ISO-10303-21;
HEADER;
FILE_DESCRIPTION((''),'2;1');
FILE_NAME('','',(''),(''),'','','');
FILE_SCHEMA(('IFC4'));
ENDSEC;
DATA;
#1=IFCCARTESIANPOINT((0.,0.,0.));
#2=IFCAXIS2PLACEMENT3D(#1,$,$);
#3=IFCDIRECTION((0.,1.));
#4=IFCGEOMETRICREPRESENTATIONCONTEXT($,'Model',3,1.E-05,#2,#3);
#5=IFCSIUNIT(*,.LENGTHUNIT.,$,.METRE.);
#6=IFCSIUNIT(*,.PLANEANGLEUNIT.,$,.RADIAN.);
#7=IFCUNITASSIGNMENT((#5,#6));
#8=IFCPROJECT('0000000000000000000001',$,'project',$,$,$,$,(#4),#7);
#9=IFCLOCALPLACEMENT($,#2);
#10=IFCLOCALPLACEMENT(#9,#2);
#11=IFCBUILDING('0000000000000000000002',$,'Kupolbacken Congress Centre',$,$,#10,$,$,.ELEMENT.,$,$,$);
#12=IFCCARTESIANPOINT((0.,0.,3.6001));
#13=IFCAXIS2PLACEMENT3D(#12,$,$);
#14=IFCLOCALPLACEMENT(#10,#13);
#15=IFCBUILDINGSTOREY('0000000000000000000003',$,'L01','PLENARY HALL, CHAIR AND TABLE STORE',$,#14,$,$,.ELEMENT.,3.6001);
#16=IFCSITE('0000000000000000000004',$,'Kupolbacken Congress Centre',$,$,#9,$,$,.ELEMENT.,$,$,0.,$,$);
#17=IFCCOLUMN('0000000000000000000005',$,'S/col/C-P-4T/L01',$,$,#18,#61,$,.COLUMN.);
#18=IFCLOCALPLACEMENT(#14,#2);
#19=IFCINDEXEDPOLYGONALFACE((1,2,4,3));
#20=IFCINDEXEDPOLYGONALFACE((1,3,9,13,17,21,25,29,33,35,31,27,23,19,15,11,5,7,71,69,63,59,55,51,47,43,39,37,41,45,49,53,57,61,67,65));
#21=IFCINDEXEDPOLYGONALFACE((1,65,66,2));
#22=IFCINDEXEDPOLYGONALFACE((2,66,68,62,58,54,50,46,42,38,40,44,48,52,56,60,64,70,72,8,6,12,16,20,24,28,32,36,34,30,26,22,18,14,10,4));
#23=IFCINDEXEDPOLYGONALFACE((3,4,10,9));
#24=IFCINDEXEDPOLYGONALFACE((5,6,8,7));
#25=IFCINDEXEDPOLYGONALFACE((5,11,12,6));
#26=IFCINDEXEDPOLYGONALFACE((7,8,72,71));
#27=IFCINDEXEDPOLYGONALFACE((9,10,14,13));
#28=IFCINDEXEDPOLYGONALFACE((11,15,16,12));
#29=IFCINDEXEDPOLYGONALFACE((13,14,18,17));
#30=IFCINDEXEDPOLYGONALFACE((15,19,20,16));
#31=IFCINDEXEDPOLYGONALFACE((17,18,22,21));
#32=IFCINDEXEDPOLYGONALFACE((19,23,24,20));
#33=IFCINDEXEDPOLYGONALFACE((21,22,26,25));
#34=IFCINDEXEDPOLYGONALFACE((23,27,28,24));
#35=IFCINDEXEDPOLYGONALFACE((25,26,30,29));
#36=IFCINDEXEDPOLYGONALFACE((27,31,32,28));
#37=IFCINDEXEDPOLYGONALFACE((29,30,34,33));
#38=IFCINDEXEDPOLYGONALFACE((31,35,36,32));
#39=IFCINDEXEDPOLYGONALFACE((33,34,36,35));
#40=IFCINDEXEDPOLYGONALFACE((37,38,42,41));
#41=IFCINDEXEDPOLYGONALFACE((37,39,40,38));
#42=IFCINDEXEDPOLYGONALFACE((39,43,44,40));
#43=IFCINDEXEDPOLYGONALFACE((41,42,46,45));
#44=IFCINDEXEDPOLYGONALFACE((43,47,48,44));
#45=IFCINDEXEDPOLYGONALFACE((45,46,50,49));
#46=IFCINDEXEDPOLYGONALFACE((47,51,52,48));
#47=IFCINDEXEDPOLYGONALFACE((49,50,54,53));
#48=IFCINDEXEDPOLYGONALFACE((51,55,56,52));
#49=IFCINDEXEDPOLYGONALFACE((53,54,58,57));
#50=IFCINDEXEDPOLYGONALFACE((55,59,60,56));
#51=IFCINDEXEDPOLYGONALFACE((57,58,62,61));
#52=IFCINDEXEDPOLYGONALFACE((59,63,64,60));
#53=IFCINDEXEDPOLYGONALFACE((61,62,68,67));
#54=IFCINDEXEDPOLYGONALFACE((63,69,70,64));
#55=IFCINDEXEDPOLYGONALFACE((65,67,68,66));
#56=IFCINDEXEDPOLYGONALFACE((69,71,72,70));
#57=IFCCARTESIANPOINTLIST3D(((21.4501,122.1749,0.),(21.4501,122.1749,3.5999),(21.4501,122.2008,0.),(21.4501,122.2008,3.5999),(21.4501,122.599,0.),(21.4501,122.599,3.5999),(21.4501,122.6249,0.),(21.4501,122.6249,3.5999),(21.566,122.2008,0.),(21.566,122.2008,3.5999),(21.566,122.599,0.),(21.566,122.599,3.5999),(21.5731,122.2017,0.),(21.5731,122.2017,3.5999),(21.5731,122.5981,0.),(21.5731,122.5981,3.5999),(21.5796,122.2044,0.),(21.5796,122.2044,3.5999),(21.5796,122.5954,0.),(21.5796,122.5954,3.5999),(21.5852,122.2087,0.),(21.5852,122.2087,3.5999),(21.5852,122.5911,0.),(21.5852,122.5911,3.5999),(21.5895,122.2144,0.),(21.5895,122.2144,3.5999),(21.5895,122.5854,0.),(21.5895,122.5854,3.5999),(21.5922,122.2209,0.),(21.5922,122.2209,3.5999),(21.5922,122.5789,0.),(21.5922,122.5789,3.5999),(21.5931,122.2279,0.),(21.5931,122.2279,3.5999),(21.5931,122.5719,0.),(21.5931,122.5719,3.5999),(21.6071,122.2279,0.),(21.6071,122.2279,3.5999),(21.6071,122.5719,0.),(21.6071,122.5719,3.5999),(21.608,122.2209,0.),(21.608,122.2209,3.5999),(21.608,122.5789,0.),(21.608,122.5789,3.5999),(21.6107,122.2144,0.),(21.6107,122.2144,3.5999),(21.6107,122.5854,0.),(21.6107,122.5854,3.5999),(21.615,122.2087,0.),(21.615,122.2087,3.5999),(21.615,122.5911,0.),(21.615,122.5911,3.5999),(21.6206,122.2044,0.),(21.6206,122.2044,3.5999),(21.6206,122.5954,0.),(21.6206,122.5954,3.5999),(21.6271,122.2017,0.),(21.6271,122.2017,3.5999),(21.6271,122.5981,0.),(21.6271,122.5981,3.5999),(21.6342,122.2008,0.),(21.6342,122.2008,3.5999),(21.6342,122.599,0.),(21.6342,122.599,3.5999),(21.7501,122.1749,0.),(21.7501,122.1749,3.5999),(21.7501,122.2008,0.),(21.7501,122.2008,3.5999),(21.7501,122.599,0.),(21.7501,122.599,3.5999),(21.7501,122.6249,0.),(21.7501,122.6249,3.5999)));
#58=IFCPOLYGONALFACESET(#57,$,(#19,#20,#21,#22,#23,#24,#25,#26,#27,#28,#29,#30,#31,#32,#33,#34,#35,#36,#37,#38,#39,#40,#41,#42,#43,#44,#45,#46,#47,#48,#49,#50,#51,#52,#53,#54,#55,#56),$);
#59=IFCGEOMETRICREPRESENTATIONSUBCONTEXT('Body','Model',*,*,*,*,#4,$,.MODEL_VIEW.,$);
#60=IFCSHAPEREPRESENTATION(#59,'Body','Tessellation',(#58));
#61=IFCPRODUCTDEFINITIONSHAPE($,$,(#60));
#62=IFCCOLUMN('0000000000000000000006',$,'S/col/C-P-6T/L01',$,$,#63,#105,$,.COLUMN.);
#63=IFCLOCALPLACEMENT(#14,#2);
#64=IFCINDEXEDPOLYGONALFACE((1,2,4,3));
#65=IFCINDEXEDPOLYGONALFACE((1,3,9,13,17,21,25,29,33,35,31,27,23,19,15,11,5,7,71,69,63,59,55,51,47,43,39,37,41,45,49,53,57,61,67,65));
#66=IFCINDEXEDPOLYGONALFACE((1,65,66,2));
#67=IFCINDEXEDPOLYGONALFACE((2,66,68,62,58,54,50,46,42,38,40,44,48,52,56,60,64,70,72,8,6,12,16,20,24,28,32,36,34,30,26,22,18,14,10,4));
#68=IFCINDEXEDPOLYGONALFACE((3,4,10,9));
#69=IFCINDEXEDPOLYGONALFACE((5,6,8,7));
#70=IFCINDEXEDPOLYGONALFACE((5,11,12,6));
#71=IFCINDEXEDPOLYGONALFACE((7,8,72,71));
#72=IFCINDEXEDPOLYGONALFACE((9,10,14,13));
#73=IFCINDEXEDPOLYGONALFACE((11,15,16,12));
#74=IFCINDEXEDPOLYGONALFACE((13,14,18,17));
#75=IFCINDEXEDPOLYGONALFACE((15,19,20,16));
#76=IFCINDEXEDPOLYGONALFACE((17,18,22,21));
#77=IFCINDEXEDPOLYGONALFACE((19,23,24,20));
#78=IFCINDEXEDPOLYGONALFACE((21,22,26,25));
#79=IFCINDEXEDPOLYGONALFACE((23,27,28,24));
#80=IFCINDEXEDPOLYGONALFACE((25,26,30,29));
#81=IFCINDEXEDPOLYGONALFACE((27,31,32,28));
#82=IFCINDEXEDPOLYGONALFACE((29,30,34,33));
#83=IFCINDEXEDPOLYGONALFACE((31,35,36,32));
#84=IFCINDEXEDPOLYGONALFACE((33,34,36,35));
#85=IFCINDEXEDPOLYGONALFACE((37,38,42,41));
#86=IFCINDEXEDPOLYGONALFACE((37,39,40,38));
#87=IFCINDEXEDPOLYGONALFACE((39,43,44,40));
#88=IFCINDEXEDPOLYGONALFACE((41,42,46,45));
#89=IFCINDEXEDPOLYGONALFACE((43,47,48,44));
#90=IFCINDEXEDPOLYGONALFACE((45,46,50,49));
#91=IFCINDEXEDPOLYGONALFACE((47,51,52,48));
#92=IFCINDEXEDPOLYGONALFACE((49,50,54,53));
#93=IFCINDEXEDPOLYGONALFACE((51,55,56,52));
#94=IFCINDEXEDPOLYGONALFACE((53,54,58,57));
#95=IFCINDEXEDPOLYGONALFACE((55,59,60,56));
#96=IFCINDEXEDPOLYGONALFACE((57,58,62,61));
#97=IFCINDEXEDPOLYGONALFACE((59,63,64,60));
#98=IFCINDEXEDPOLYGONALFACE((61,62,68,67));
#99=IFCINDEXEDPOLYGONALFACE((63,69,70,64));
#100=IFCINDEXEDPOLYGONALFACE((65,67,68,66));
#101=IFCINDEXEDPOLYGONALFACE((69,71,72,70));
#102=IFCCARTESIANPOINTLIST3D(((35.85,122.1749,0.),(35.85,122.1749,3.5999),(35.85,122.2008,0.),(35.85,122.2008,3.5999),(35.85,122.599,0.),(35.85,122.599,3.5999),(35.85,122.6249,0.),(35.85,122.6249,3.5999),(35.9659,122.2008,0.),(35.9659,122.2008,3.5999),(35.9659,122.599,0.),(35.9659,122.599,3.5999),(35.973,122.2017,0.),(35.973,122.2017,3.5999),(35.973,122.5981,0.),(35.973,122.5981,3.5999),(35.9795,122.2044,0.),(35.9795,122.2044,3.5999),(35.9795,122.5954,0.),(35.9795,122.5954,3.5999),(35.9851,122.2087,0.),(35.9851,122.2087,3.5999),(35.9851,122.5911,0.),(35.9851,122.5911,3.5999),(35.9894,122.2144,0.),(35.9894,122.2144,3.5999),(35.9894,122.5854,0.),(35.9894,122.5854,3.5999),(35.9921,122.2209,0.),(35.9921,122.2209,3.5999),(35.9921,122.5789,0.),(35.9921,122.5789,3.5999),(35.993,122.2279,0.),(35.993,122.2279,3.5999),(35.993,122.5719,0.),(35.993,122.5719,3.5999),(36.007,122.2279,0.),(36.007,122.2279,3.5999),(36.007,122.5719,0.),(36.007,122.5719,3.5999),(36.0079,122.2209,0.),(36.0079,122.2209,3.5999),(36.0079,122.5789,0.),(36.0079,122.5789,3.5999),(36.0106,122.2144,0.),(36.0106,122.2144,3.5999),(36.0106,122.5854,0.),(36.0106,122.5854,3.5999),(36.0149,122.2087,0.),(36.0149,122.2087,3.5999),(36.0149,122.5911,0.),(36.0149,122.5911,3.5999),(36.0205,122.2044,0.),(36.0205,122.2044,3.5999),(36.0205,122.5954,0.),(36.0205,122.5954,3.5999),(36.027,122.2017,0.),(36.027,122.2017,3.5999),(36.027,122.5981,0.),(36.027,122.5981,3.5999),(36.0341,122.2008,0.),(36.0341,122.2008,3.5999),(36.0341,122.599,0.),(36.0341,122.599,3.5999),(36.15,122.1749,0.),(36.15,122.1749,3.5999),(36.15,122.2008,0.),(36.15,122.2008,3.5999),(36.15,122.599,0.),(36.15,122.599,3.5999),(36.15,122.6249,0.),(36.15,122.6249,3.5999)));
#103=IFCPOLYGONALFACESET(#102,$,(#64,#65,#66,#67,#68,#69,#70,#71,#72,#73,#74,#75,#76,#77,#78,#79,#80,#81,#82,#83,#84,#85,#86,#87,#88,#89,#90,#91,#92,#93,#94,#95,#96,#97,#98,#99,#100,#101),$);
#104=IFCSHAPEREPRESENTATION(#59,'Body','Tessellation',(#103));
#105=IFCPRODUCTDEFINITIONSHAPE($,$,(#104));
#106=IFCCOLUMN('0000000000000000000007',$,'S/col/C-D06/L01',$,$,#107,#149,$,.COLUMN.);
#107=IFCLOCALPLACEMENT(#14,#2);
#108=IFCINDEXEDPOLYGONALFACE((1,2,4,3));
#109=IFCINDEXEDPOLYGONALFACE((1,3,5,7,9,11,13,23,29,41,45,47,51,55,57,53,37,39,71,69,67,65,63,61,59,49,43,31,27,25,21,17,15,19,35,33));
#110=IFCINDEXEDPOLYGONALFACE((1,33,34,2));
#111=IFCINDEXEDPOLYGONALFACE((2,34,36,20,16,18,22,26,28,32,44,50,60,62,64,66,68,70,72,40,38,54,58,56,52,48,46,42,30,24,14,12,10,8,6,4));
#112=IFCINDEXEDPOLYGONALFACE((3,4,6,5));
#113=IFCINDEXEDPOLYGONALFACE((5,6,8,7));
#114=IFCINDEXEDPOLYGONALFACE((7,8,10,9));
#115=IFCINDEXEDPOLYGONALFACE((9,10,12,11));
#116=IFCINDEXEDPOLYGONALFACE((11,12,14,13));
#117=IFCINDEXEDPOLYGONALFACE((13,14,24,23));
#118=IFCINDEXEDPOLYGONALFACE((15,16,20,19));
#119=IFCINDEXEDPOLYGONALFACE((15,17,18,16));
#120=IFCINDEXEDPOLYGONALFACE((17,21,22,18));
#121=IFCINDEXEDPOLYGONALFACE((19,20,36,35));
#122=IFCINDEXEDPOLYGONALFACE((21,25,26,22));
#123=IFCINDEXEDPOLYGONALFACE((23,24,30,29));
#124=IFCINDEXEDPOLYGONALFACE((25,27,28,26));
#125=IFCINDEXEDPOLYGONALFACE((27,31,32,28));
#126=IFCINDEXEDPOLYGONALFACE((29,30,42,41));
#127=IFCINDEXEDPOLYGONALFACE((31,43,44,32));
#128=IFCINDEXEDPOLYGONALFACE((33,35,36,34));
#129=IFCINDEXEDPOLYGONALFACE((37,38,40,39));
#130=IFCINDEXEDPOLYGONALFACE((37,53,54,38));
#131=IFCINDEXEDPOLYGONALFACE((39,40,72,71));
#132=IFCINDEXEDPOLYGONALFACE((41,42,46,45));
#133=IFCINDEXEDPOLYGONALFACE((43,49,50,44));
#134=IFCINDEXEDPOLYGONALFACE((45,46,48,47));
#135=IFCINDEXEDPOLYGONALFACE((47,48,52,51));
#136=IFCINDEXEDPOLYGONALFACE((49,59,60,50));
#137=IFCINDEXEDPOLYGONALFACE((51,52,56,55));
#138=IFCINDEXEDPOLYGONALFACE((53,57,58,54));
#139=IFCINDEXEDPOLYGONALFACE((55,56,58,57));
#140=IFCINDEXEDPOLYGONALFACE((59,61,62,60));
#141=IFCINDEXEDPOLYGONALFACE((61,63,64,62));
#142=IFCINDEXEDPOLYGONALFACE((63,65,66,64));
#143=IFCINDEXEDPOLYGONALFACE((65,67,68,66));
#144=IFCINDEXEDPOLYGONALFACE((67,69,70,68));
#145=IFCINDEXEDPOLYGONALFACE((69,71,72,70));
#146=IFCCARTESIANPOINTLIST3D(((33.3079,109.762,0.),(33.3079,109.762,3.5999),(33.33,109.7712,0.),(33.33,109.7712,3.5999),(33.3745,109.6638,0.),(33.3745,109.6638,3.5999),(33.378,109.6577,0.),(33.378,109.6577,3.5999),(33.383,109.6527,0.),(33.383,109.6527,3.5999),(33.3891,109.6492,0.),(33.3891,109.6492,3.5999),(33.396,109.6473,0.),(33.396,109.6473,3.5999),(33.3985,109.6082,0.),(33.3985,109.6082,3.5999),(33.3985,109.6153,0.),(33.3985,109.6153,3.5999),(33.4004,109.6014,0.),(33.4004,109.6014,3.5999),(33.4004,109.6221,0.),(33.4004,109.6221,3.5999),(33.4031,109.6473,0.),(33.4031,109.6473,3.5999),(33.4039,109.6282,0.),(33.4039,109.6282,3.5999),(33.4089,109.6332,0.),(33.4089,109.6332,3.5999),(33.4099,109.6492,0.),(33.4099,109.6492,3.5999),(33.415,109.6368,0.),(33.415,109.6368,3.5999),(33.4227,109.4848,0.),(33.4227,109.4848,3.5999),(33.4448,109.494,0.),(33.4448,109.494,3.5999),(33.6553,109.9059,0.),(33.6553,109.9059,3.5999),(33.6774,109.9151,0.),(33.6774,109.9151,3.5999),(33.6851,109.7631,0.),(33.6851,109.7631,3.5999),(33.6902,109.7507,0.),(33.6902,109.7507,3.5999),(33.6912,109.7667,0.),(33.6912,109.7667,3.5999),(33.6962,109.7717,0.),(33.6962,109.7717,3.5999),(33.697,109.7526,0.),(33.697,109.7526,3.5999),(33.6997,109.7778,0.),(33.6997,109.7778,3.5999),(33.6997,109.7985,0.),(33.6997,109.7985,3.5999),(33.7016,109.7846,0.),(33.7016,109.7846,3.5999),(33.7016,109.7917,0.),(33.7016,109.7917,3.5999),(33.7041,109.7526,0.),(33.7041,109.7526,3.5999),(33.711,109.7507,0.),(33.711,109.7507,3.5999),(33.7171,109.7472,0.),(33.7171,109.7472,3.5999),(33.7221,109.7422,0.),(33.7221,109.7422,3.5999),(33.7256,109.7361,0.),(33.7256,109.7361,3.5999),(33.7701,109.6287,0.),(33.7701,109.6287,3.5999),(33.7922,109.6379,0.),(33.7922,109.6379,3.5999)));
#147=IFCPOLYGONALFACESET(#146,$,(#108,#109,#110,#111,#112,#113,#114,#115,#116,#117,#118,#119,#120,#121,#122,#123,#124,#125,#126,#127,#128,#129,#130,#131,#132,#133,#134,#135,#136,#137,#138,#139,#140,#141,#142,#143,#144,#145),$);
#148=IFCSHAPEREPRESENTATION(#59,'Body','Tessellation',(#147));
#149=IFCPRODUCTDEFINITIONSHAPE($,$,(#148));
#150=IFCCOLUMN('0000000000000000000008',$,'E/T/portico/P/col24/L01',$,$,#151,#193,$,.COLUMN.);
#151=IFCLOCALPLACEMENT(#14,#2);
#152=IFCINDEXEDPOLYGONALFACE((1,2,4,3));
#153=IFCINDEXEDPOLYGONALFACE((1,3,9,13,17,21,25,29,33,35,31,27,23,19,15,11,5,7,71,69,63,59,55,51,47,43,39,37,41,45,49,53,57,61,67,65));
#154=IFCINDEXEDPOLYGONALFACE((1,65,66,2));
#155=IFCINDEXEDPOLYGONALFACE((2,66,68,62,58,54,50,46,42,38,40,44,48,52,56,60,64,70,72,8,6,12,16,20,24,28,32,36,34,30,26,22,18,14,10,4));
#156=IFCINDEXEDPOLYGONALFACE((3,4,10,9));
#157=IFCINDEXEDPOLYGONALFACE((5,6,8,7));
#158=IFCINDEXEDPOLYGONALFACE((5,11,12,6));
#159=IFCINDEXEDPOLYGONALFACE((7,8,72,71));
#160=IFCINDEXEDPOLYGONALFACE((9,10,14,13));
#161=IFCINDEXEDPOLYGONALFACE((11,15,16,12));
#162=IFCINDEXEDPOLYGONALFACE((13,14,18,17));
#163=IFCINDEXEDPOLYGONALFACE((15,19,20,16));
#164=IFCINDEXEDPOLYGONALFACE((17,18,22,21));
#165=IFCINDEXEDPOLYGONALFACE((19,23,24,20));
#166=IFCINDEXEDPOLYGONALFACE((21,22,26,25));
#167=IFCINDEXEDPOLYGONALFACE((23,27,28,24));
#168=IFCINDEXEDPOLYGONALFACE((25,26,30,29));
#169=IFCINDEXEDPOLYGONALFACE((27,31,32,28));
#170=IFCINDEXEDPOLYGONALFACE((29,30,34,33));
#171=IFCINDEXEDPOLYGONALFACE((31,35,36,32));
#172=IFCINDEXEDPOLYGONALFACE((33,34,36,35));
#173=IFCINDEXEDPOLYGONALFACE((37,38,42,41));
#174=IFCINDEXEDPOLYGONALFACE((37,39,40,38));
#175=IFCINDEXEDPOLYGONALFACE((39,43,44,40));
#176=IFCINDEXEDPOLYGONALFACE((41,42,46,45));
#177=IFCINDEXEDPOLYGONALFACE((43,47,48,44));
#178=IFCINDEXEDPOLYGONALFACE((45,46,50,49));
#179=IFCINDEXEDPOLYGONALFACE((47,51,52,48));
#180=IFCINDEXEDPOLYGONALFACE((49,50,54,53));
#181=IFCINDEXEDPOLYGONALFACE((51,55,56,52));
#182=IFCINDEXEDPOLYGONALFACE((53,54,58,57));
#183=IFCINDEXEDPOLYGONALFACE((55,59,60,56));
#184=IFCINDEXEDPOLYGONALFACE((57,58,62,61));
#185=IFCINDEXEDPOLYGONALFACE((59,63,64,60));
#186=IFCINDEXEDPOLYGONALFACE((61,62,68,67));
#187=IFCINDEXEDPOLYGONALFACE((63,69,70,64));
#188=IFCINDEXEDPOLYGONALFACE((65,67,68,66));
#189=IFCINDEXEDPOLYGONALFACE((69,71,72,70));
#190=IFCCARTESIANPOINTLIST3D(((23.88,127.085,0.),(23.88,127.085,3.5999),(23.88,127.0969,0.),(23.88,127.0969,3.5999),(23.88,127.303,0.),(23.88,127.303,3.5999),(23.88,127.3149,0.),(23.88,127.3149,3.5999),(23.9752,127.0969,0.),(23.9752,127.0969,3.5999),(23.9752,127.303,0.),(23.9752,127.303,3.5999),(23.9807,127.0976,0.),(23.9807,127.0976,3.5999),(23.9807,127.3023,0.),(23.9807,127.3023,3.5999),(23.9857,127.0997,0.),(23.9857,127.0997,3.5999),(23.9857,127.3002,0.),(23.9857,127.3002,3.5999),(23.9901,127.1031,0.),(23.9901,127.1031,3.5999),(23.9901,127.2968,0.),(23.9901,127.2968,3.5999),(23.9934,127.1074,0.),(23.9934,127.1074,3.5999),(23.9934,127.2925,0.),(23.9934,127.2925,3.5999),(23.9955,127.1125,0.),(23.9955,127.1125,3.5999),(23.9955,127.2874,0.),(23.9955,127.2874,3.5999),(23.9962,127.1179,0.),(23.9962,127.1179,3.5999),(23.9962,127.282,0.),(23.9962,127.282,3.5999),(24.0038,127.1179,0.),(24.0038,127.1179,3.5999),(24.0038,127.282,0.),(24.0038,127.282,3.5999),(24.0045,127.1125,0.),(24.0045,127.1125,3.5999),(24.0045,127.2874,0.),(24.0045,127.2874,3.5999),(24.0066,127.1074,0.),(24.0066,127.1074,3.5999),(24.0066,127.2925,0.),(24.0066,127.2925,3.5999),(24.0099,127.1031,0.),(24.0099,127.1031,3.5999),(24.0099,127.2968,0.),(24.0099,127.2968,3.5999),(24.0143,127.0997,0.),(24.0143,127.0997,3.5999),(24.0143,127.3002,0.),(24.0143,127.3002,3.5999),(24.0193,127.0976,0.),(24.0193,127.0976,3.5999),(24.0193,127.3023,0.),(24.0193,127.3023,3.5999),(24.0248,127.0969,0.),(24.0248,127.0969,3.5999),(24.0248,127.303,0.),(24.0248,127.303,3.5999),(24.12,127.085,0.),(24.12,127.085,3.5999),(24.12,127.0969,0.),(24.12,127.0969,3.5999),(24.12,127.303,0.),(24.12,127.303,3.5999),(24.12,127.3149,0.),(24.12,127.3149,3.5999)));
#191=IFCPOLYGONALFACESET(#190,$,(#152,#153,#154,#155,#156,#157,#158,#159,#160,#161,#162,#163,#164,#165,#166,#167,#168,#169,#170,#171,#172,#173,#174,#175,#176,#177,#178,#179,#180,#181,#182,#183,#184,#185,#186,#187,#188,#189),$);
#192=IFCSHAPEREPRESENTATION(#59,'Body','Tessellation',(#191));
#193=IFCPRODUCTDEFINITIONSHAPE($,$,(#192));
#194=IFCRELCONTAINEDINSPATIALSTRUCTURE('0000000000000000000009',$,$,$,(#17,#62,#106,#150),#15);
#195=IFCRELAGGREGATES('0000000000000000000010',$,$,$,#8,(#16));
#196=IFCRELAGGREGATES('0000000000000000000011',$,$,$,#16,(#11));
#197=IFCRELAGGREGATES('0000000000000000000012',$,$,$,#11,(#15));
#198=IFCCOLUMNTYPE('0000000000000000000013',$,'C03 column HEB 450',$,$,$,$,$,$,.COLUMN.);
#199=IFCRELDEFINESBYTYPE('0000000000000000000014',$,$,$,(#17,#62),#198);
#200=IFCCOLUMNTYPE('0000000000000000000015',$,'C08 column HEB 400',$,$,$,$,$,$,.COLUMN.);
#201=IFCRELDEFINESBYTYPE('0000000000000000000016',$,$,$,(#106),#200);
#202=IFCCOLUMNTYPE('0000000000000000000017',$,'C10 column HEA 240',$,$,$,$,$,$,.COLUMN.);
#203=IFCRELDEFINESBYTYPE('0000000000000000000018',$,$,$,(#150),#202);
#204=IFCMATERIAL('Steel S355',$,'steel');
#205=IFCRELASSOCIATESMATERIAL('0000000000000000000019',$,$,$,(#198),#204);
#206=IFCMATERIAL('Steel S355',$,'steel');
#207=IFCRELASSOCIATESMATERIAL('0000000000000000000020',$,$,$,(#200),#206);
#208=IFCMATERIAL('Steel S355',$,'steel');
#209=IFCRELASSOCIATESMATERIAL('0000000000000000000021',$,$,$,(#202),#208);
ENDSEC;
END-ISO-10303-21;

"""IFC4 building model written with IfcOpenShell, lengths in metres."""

from ifc_helpers import new_model, si_unit, direction, frame, origin, origin_2d, place, context, subcontext, project, spatial, i_section, extrude, material, material_profile, profile_set, type_object, element, save


model = new_model("IFC4")

# Units and contexts
model_context = context("Model", 3, precision=1e-05, world=origin(), true_north=direction((0.0, 1.0)))
body_context = subcontext(model_context, "Body", "Model", "MODEL_VIEW")
ifc_project = project(units=[si_unit("LENGTHUNIT", "METRE"), si_unit("PLANEANGLEUNIT", "RADIAN")], contexts=[model_context])

# Site, building, storey
site_placement = place(None, origin())
site = spatial("IfcSite", under=ifc_project, at=site_placement, Name="Kupolbacken Congress Centre", CompositionType="ELEMENT", RefElevation=0.0)
building_placement = place(site_placement, origin())
building = spatial("IfcBuilding", under=site, at=building_placement, Name="Kupolbacken Congress Centre", CompositionType="ELEMENT")
storey_placement = place(building_placement, frame((0.0, 0.0, 3.6001)))
storey = spatial("IfcBuildingStorey", under=building, at=storey_placement, Name="L01", Description="PLENARY HALL, CHAIR AND TABLE STORE", CompositionType="ELEMENT", Elevation=3.6001)

# Columns
ifc_material_1 = material(Name="Steel S355", Category="steel")
ifc_material_profile_1 = material_profile(ifc_material_1, i_section(OverallWidth=0.3, OverallDepth=0.45, WebThickness=0.0139, FlangeThickness=0.0259, FilletRadius=0.0271, at=origin_2d()), Name="HEB 450")
ifc_profile_set_1 = profile_set([ifc_material_profile_1], Name="Steel S355")
column_type_1 = type_object("IfcColumnType", Name="C03 column HEB 450", PredefinedType="COLUMN", material=ifc_profile_set_1)
for number, where, z_axis, x_axis, name in (
    (1, (21.6001, 122.3999, 0.0), (0.0, 0.0, 1.0), (1.0, 0.0, 0.0), "S/col/C-P-4T/L01"),
    (2, (36.0, 122.3999, 0.0), (0.0, 0.0, 1.0), (1.0, 0.0, 0.0), "S/col/C-P-6T/L01"),
):
    element("IfcColumn", number, at=place(storey_placement, frame(where, z_axis=z_axis, x_axis=x_axis)), inside=storey, type_object=column_type_1, Name=name, PredefinedType="COLUMN", context=body_context, shape_type="SweptSolid", body=[
        extrude(i_section(OverallWidth=0.3, OverallDepth=0.45, WebThickness=0.0139, FlangeThickness=0.0259, FilletRadius=0.0271, at=origin_2d()), origin(), (0.0, 0.0, 1.0), 3.5999),
    ])
ifc_material_2 = material(Name="Steel S355", Category="steel")
ifc_material_profile_2 = material_profile(ifc_material_2, i_section(OverallWidth=0.3, OverallDepth=0.3999, WebThickness=0.0134, FlangeThickness=0.0239, FilletRadius=0.0271, at=origin_2d()), Name="HEB 400")
ifc_profile_set_2 = profile_set([ifc_material_profile_2], Name="Steel S355")
column_type_2 = type_object("IfcColumnType", Name="C08 column HEB 400", PredefinedType="COLUMN", material=ifc_profile_set_2)
column_placement = place(storey_placement, frame((33.55, 109.7, 0.0), z_axis=(0.0, 0.0, 1.0), x_axis=(-0.382644, 0.923896, 0.0)))
element("IfcColumn", 3, at=column_placement, inside=storey, type_object=column_type_2, Name="S/col/C-D06/L01", PredefinedType="COLUMN", context=body_context, shape_type="SweptSolid", body=[
    extrude(i_section(OverallWidth=0.3, OverallDepth=0.3999, WebThickness=0.0134, FlangeThickness=0.0239, FilletRadius=0.0271, at=origin_2d()), origin(), (0.0, 0.0, 1.0), 3.5999),
])
ifc_material_3 = material(Name="Steel S355", Category="steel")
ifc_material_profile_3 = material_profile(ifc_material_3, i_section(OverallWidth=0.24, OverallDepth=0.23, WebThickness=0.0076, FlangeThickness=0.012, FilletRadius=0.021, at=origin_2d()), Name="HEA 240")
ifc_profile_set_3 = profile_set([ifc_material_profile_3], Name="Steel S355")
column_type_3 = type_object("IfcColumnType", Name="C10 column HEA 240", PredefinedType="COLUMN", material=ifc_profile_set_3)
for number, where, z_axis, x_axis, name in (
    (4, (24.0, 127.2, 0.0), (0.0, 0.0, 1.0), (1.0, 0.0, 0.0), "E/T/portico/P/col24/L01"),
):
    element("IfcColumn", number, at=place(storey_placement, frame(where, z_axis=z_axis, x_axis=x_axis)), inside=storey, type_object=column_type_3, Name=name, PredefinedType="COLUMN", context=body_context, shape_type="SweptSolid", body=[
        extrude(i_section(OverallWidth=0.24, OverallDepth=0.23, WebThickness=0.0076, FlangeThickness=0.012, FilletRadius=0.021, at=origin_2d()), origin(), (0.0, 0.0, 1.0), 3.5999),
    ])

save(model, "model.ifc")
